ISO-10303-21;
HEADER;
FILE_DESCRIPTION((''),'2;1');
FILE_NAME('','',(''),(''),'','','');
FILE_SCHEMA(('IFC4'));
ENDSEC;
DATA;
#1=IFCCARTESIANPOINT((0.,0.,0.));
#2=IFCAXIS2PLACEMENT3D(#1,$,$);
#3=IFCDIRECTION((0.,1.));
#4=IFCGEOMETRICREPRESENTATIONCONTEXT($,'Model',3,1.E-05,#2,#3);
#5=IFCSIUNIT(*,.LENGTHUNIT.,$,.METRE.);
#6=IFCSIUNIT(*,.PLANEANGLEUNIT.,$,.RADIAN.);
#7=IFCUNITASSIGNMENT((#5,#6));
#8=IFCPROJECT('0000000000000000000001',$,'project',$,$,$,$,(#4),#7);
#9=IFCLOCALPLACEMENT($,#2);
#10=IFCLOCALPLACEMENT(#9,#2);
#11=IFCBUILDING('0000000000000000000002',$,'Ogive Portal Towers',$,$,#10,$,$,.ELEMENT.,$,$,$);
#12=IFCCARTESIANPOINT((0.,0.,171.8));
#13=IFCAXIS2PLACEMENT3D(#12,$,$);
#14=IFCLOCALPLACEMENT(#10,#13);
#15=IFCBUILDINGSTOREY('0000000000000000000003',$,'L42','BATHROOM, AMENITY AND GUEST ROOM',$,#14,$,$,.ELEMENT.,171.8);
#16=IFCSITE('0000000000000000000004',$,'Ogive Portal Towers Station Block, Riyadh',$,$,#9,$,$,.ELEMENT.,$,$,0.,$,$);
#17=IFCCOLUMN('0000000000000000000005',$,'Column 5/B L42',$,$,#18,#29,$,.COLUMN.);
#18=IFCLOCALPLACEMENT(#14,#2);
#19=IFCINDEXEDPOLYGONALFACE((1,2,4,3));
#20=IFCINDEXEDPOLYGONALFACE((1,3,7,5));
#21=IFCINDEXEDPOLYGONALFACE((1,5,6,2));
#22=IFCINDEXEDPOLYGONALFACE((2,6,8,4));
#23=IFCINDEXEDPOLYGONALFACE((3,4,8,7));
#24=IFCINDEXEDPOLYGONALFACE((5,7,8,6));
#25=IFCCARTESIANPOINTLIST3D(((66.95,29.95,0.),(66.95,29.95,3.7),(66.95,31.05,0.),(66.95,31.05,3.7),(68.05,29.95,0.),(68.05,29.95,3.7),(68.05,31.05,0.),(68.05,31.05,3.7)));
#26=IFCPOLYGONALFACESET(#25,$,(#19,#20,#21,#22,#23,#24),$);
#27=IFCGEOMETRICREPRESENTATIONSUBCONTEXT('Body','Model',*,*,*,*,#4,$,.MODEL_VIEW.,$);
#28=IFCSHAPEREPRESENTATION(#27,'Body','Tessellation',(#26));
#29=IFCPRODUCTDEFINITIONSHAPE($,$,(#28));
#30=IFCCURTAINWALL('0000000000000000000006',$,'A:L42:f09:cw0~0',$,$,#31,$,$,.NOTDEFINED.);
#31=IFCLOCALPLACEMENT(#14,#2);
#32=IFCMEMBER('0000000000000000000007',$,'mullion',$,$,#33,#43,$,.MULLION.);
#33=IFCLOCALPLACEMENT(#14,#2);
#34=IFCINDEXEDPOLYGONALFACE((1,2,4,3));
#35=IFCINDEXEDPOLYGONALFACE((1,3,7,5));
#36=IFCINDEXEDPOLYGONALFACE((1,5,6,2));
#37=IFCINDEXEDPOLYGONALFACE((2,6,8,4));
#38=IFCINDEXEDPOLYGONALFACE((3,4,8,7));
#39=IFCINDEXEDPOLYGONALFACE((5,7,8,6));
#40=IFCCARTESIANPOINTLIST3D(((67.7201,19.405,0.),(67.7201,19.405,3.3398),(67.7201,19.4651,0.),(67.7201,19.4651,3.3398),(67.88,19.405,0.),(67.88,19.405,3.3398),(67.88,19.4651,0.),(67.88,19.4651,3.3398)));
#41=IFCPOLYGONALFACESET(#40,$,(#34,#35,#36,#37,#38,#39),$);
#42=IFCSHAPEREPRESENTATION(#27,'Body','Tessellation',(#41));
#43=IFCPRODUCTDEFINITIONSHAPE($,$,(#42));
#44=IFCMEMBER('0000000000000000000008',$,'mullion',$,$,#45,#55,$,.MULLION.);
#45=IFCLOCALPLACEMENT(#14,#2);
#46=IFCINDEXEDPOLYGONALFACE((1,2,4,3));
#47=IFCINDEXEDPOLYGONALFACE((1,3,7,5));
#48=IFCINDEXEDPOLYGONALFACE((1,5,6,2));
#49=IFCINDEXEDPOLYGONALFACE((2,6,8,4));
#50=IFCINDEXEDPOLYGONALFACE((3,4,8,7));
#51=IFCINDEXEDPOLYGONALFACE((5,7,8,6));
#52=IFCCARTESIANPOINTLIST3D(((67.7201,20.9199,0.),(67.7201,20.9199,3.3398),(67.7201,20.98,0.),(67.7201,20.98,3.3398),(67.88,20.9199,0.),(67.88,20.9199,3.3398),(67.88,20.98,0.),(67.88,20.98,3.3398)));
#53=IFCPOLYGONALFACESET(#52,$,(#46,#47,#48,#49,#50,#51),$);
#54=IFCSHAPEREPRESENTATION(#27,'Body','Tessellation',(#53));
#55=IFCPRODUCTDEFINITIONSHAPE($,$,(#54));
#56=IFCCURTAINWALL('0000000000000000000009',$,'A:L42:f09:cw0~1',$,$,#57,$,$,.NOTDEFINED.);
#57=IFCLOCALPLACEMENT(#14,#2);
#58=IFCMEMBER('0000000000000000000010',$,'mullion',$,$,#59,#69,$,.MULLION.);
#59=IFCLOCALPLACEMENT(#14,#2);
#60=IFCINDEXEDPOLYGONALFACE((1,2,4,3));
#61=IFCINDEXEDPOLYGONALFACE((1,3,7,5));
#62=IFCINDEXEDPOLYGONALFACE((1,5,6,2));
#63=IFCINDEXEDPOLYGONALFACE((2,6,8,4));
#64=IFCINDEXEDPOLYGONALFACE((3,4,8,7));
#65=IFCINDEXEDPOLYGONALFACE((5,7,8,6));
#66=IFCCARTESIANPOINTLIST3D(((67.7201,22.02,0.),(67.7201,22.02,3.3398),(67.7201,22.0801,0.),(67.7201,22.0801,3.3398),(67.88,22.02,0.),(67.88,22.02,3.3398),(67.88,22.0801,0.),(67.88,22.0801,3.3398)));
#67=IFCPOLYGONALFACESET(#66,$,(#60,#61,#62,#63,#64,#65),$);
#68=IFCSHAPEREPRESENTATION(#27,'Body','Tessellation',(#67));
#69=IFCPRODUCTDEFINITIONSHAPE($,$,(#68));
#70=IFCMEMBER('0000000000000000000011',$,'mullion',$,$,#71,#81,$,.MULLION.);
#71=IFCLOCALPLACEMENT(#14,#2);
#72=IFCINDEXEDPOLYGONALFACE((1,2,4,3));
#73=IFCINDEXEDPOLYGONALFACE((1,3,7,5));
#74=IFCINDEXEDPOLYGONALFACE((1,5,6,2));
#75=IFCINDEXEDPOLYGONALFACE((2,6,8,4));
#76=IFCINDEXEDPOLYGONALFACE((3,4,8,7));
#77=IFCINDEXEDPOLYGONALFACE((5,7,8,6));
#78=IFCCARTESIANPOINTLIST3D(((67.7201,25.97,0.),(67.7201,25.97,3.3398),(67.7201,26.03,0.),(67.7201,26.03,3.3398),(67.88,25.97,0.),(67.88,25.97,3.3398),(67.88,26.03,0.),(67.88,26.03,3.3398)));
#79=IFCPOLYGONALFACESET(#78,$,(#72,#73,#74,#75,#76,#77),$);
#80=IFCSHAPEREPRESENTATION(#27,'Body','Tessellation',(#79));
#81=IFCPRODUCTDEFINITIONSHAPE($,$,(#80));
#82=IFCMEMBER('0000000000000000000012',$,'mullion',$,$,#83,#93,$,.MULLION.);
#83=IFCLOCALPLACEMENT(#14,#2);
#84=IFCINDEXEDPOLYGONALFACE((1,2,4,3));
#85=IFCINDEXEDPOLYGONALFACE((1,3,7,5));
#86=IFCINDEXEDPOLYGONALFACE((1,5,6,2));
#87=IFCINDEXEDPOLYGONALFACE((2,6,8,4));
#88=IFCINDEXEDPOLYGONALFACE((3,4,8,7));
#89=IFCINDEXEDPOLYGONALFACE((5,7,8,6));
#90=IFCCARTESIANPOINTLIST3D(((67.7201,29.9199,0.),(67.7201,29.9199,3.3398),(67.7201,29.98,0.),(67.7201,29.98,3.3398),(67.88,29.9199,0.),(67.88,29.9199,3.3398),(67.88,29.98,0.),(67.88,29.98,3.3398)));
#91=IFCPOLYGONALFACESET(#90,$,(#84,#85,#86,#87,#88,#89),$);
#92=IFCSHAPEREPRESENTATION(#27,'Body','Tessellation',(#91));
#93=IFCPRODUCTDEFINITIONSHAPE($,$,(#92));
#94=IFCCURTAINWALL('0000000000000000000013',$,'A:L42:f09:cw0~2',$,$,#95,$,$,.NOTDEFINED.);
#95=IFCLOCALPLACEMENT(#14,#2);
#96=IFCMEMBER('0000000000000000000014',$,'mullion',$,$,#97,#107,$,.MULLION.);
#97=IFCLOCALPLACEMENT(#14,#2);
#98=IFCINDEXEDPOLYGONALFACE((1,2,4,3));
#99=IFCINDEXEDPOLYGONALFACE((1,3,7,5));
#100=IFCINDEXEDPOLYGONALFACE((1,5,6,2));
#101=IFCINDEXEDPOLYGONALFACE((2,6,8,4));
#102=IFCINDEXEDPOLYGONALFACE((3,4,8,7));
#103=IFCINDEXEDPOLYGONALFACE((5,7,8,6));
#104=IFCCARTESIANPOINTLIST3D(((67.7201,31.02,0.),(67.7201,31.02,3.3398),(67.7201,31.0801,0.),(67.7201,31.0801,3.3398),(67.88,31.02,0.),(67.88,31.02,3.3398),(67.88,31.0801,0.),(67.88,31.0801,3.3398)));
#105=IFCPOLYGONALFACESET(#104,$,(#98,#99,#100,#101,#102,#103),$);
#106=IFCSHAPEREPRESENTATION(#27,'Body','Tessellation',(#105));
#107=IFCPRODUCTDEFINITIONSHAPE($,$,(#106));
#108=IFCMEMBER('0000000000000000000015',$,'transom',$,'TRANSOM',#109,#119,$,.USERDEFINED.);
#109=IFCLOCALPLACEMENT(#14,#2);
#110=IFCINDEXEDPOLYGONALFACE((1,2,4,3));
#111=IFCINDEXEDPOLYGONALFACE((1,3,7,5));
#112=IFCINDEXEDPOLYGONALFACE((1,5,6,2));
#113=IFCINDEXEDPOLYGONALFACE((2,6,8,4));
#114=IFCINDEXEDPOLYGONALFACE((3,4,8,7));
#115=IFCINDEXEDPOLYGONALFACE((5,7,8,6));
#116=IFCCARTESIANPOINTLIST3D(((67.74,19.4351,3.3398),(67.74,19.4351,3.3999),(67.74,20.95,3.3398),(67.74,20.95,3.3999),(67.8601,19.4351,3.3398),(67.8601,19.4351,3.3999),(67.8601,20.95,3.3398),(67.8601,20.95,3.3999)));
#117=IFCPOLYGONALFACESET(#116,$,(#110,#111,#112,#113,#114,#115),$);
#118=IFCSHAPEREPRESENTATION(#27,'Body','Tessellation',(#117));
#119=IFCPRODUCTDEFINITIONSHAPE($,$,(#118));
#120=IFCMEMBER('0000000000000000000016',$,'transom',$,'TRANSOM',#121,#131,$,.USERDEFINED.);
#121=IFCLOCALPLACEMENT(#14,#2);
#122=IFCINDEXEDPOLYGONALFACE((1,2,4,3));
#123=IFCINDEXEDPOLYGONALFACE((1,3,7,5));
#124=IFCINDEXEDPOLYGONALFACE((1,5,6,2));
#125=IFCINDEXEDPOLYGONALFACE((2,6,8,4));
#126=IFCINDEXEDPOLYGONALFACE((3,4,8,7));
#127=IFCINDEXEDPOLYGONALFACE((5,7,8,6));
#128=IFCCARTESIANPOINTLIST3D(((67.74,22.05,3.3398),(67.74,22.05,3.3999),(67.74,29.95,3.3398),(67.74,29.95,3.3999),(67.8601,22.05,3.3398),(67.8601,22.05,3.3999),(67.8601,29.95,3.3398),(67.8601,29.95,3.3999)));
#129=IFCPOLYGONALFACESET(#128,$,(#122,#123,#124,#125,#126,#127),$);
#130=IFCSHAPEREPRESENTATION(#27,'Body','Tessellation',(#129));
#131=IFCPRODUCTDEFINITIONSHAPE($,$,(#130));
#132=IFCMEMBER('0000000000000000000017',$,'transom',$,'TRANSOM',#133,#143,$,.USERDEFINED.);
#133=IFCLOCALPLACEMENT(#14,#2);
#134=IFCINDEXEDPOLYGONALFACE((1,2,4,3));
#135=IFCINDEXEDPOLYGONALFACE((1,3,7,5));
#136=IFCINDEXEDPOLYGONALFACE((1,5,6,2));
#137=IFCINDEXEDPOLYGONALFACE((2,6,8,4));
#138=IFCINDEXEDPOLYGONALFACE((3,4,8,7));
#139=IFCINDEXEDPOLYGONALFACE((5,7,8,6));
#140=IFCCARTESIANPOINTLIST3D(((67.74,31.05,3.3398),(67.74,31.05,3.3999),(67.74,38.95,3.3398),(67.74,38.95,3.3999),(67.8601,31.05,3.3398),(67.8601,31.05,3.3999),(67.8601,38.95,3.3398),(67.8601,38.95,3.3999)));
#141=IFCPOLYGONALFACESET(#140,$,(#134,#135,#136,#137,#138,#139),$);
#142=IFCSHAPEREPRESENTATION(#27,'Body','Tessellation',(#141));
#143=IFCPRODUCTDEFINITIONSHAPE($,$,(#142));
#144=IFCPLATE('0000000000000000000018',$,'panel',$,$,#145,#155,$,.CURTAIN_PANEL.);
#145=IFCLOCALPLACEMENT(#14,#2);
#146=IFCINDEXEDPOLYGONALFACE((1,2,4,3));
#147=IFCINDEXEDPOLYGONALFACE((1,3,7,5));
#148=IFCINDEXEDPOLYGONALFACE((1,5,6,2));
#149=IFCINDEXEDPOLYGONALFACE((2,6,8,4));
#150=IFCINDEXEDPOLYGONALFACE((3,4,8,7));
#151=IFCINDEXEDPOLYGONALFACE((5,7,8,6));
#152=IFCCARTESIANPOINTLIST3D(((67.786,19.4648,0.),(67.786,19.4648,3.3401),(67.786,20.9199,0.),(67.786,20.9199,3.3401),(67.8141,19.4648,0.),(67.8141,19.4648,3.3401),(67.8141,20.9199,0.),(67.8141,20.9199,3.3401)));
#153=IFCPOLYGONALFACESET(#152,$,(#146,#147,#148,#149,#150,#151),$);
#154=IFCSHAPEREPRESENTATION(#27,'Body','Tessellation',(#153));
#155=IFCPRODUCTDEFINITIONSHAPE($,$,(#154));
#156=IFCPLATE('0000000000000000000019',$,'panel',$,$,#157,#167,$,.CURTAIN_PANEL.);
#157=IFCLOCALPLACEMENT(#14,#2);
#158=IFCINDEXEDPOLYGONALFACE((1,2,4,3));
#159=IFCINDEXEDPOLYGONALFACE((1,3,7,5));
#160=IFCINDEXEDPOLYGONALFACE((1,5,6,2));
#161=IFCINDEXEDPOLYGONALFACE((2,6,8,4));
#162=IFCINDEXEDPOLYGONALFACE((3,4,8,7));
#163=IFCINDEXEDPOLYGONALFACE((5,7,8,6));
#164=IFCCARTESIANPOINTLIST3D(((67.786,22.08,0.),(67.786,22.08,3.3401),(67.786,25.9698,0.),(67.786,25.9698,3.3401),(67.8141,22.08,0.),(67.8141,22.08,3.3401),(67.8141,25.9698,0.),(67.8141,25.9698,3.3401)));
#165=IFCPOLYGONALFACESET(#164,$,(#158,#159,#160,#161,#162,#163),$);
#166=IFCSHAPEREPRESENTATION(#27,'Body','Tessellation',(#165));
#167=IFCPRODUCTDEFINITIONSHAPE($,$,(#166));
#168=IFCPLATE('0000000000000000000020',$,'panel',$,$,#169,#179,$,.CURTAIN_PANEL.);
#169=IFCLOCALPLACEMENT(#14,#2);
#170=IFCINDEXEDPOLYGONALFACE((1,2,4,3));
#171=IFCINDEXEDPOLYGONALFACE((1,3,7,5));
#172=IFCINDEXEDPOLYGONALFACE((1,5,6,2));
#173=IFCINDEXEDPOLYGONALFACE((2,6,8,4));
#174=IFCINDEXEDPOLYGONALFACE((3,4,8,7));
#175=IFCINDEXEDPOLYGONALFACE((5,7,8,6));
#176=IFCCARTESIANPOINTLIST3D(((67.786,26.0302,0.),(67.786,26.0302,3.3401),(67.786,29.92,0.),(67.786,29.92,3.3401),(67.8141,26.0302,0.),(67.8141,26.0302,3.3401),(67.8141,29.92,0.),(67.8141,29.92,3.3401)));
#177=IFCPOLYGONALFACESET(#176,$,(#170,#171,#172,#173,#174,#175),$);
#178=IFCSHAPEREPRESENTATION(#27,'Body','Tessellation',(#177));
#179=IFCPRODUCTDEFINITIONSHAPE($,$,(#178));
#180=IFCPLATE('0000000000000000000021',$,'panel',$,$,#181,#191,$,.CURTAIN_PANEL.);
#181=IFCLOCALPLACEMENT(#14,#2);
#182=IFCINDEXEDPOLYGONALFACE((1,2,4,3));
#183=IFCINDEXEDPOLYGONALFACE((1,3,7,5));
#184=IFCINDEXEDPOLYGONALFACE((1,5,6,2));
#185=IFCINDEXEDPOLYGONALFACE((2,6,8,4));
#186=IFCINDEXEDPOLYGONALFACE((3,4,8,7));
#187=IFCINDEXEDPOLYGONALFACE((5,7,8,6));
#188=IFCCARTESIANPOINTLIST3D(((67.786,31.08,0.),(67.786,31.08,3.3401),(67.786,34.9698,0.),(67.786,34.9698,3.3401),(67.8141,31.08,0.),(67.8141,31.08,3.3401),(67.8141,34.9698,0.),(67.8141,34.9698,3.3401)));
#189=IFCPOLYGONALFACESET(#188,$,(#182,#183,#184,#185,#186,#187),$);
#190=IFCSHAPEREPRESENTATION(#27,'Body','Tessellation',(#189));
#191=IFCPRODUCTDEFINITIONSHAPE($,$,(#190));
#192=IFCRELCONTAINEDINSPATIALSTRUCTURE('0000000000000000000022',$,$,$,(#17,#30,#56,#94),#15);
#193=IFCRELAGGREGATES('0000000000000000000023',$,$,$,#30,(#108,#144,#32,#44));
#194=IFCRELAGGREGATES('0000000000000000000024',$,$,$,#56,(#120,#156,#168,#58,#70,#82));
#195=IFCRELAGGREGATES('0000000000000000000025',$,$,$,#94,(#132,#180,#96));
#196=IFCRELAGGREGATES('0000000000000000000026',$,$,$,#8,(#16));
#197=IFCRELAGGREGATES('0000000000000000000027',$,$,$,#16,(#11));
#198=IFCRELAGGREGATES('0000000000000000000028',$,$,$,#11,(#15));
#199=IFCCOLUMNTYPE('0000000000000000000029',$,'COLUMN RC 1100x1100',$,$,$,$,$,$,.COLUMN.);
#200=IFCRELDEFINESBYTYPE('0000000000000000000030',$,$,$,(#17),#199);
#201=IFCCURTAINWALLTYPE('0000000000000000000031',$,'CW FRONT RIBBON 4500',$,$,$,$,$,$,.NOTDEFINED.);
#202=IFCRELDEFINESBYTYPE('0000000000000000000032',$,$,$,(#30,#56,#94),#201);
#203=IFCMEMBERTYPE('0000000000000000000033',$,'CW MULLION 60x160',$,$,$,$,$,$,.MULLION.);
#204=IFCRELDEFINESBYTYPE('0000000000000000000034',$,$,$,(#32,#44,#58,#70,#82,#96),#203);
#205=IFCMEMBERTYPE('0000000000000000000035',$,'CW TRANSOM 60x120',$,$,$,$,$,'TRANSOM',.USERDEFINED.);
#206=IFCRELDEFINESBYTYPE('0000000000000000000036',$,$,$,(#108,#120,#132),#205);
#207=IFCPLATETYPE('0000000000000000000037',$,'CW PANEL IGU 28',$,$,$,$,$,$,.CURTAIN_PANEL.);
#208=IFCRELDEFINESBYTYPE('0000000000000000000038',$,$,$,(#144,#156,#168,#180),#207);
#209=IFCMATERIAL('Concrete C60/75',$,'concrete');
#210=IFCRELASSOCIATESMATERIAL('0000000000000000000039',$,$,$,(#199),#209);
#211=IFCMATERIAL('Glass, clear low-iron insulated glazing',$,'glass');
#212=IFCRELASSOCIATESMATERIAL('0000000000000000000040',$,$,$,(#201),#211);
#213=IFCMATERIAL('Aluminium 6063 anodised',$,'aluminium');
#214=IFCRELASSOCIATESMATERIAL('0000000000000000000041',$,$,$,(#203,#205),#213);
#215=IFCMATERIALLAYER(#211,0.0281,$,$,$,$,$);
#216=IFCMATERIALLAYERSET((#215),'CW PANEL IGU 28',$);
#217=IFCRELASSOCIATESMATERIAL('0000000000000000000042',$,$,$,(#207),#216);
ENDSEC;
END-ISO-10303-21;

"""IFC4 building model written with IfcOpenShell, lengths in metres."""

from ifc_helpers import new_model, si_unit, direction, frame, origin, origin_2d, place, context, subcontext, project, spatial, rectangle, extrude, material, layer, layer_set, material_profile, profile_set, type_object, element, aggregate, save


model = new_model("IFC4")

# Units and contexts
model_context = context("Model", 3, precision=1e-05, world=origin(), true_north=direction((0.0, 1.0)))
body_context = subcontext(model_context, "Body", "Model", "MODEL_VIEW")
ifc_project = project(units=[si_unit("LENGTHUNIT", "METRE"), si_unit("PLANEANGLEUNIT", "RADIAN")], contexts=[model_context])

# Site, building, storey
site_placement = place(None, origin())
site = spatial("IfcSite", under=ifc_project, at=site_placement, Name="Ogive Portal Towers Station Block, Riyadh", CompositionType="ELEMENT", RefElevation=0.0)
building_placement = place(site_placement, origin())
building = spatial("IfcBuilding", under=site, at=building_placement, Name="Ogive Portal Towers", CompositionType="ELEMENT")
storey_placement = place(building_placement, frame((0.0, 0.0, 171.8)))
storey = spatial("IfcBuildingStorey", under=building, at=storey_placement, Name="L42", Description="BATHROOM, AMENITY AND GUEST ROOM", CompositionType="ELEMENT", Elevation=171.8)

# Column
ifc_material_1 = material(Name="Concrete C60/75", Category="concrete")
ifc_material_profile_1 = material_profile(ifc_material_1, rectangle(XDim=1.1001, YDim=1.1001, at=origin_2d()), Name="RC 1100x1100")
ifc_profile_set_1 = profile_set([ifc_material_profile_1], Name="Concrete C60/75")
column_type = type_object("IfcColumnType", Name="COLUMN RC 1100x1100", PredefinedType="COLUMN", material=ifc_profile_set_1)
column_placement = place(storey_placement, frame((67.5, 30.5, 0.0), z_axis=(0.0, 0.0, 1.0), x_axis=(1.0, 0.0, 0.0)))
element("IfcColumn", 1, at=column_placement, inside=storey, type_object=column_type, Name="Column 5/B L42", PredefinedType="COLUMN", context=body_context, shape_type="SweptSolid", body=[
    extrude(rectangle(XDim=1.1001, YDim=1.1001, at=origin_2d()), origin(), (0.0, 0.0, 1.0), 3.7),
])

# Curtain walls, members
ifc_material_2 = material(Name="Glass, clear low-iron insulated glazing", Category="glass")
curtain_wall_type = type_object("IfcCurtainWallType", Name="CW FRONT RIBBON 4500", PredefinedType="NOTDEFINED", material=ifc_material_2)
curtain_wall_1_placement = place(storey_placement, origin())
curtain_wall_1 = element("IfcCurtainWall", 2, at=curtain_wall_1_placement, inside=storey, type_object=curtain_wall_type, Name="A:L42:f09:cw0~0", PredefinedType="NOTDEFINED")
ifc_material_3 = material(Name="Aluminium 6063 anodised", Category="aluminium")
ifc_material_profile_2 = material_profile(ifc_material_3, rectangle(XDim=0.1599, YDim=0.0601, at=origin_2d()), Name="AL 60x160")
ifc_profile_set_2 = profile_set([ifc_material_profile_2], Name="Aluminium 6063 anodised")
member_type_1 = type_object("IfcMemberType", Name="CW MULLION 60x160", PredefinedType="MULLION", material=ifc_profile_set_2)
member_1_placement = place(storey_placement, frame((67.8, 19.4351, 0.0), z_axis=(0.0, 0.0, 1.0), x_axis=(-1.0, 0.0, 0.0)))
member_1 = element("IfcMember", 3, at=member_1_placement, type_object=member_type_1, Name="mullion", PredefinedType="MULLION", context=body_context, shape_type="SweptSolid", body=[
    extrude(rectangle(XDim=0.1599, YDim=0.0601, at=origin_2d()), origin(), (0.0, 0.0, 1.0), 3.3398),
])
member_2_placement = place(storey_placement, frame((67.8, 20.95, 0.0), z_axis=(0.0, 0.0, 1.0), x_axis=(-1.0, 0.0, 0.0)))
member_2 = element("IfcMember", 4, at=member_2_placement, type_object=member_type_1, Name="mullion", PredefinedType="MULLION", context=body_context, shape_type="SweptSolid", body=[
    extrude(rectangle(XDim=0.1599, YDim=0.0601, at=origin_2d()), origin(), (0.0, 0.0, 1.0), 3.3398),
])
curtain_wall_2_placement = place(storey_placement, origin())
curtain_wall_2 = element("IfcCurtainWall", 5, at=curtain_wall_2_placement, inside=storey, type_object=curtain_wall_type, Name="A:L42:f09:cw0~1", PredefinedType="NOTDEFINED")
member_3_placement = place(storey_placement, frame((67.8, 22.05, 0.0), z_axis=(0.0, 0.0, 1.0), x_axis=(-1.0, 0.0, 0.0)))
member_3 = element("IfcMember", 6, at=member_3_placement, type_object=member_type_1, Name="mullion", PredefinedType="MULLION", context=body_context, shape_type="SweptSolid", body=[
    extrude(rectangle(XDim=0.1599, YDim=0.0601, at=origin_2d()), origin(), (0.0, 0.0, 1.0), 3.3398),
])
member_4_placement = place(storey_placement, frame((67.8, 26.0, 0.0), z_axis=(0.0, 0.0, 1.0), x_axis=(-1.0, 0.0, 0.0)))
member_4 = element("IfcMember", 7, at=member_4_placement, type_object=member_type_1, Name="mullion", PredefinedType="MULLION", context=body_context, shape_type="SweptSolid", body=[
    extrude(rectangle(XDim=0.1599, YDim=0.0601, at=origin_2d()), origin(), (0.0, 0.0, 1.0), 3.3398),
])
member_5_placement = place(storey_placement, frame((67.8, 29.95, 0.0), z_axis=(0.0, 0.0, 1.0), x_axis=(-1.0, 0.0, 0.0)))
member_5 = element("IfcMember", 8, at=member_5_placement, type_object=member_type_1, Name="mullion", PredefinedType="MULLION", context=body_context, shape_type="SweptSolid", body=[
    extrude(rectangle(XDim=0.1599, YDim=0.0601, at=origin_2d()), origin(), (0.0, 0.0, 1.0), 3.3398),
])

# Curtain wall, member
curtain_wall_3_placement = place(storey_placement, origin())
curtain_wall_3 = element("IfcCurtainWall", 9, at=curtain_wall_3_placement, inside=storey, type_object=curtain_wall_type, Name="A:L42:f09:cw0~2", PredefinedType="NOTDEFINED")
member_6_placement = place(storey_placement, frame((67.8, 31.05, 0.0), z_axis=(0.0, 0.0, 1.0), x_axis=(-1.0, 0.0, 0.0)))
member_6 = element("IfcMember", 10, at=member_6_placement, type_object=member_type_1, Name="mullion", PredefinedType="MULLION", context=body_context, shape_type="SweptSolid", body=[
    extrude(rectangle(XDim=0.1599, YDim=0.0601, at=origin_2d()), origin(), (0.0, 0.0, 1.0), 3.3398),
])

# Members
ifc_material_profile_3 = material_profile(ifc_material_3, rectangle(XDim=0.1201, YDim=0.0601, at=origin_2d()), Name="AL 120x60")
ifc_profile_set_3 = profile_set([ifc_material_profile_3], Name="Aluminium 6063 anodised")
member_type_2 = type_object("IfcMemberType", Name="CW TRANSOM 60x120", ElementType="TRANSOM", PredefinedType="USERDEFINED", material=ifc_profile_set_3)
member_7_placement = place(storey_placement, frame((67.8, 19.4351, 3.3699), z_axis=(0.0, 1.0, 0.0), x_axis=(-1.0, 0.0, 0.0)))
member_7 = element("IfcMember", 11, at=member_7_placement, type_object=member_type_2, Name="transom", ObjectType="TRANSOM", PredefinedType="USERDEFINED", context=body_context, shape_type="SweptSolid", body=[
    extrude(rectangle(XDim=0.1201, YDim=0.0601, at=origin_2d()), origin(), (0.0, 0.0, 1.0), 1.5149),
])
member_8_placement = place(storey_placement, frame((67.8, 22.05, 3.3699), z_axis=(0.0, 1.0, 0.0), x_axis=(-1.0, 0.0, 0.0)))
member_8 = element("IfcMember", 12, at=member_8_placement, type_object=member_type_2, Name="transom", ObjectType="TRANSOM", PredefinedType="USERDEFINED", context=body_context, shape_type="SweptSolid", body=[
    extrude(rectangle(XDim=0.1201, YDim=0.0601, at=origin_2d()), origin(), (0.0, 0.0, 1.0), 7.8999),
])
member_9_placement = place(storey_placement, frame((67.8, 31.05, 3.3699), z_axis=(0.0, 1.0, 0.0), x_axis=(-1.0, 0.0, 0.0)))
member_9 = element("IfcMember", 13, at=member_9_placement, type_object=member_type_2, Name="transom", ObjectType="TRANSOM", PredefinedType="USERDEFINED", context=body_context, shape_type="SweptSolid", body=[
    extrude(rectangle(XDim=0.1201, YDim=0.0601, at=origin_2d()), origin(), (0.0, 0.0, 1.0), 7.8999),
])

# Plates
ifc_layer_1 = layer(ifc_material_2, 0.0281)
ifc_layer_set_1 = layer_set([ifc_layer_1], Name="CW PANEL IGU 28")
plate_type = type_object("IfcPlateType", Name="CW PANEL IGU 28", PredefinedType="CURTAIN_PANEL", material=ifc_layer_set_1)
plate_1_placement = place(storey_placement, frame((67.8, 20.1924, 0.0), z_axis=(0.0, 0.0, 1.0), x_axis=(0.0, 1.0, 0.0)))
plate_1 = element("IfcPlate", 14, at=plate_1_placement, type_object=plate_type, Name="panel", PredefinedType="CURTAIN_PANEL", context=body_context, shape_type="SweptSolid", body=[
    extrude(rectangle(XDim=1.4551, YDim=0.0281, at=origin_2d()), origin(), (0.0, 0.0, 1.0), 3.3401),
])
aggregate(curtain_wall_1, [member_7, plate_1, member_1, member_2])
plate_2_placement = place(storey_placement, frame((67.8, 24.0249, 0.0), z_axis=(0.0, 0.0, 1.0), x_axis=(0.0, 1.0, 0.0)))
plate_2 = element("IfcPlate", 15, at=plate_2_placement, type_object=plate_type, Name="panel", PredefinedType="CURTAIN_PANEL", context=body_context, shape_type="SweptSolid", body=[
    extrude(rectangle(XDim=3.8899, YDim=0.0281, at=origin_2d()), origin(), (0.0, 0.0, 1.0), 3.3401),
])
plate_3_placement = place(storey_placement, frame((67.8, 27.9751, 0.0), z_axis=(0.0, 0.0, 1.0), x_axis=(0.0, 1.0, 0.0)))
plate_3 = element("IfcPlate", 16, at=plate_3_placement, type_object=plate_type, Name="panel", PredefinedType="CURTAIN_PANEL", context=body_context, shape_type="SweptSolid", body=[
    extrude(rectangle(XDim=3.8899, YDim=0.0281, at=origin_2d()), origin(), (0.0, 0.0, 1.0), 3.3401),
])
aggregate(curtain_wall_2, [member_8, plate_2, plate_3, member_3, member_4, member_5])
plate_4_placement = place(storey_placement, frame((67.8, 33.0249, 0.0), z_axis=(0.0, 0.0, 1.0), x_axis=(0.0, 1.0, 0.0)))
plate_4 = element("IfcPlate", 17, at=plate_4_placement, type_object=plate_type, Name="panel", PredefinedType="CURTAIN_PANEL", context=body_context, shape_type="SweptSolid", body=[
    extrude(rectangle(XDim=3.8899, YDim=0.0281, at=origin_2d()), origin(), (0.0, 0.0, 1.0), 3.3401),
])
aggregate(curtain_wall_3, [member_9, plate_4, member_6])

save(model, "model.ifc")
